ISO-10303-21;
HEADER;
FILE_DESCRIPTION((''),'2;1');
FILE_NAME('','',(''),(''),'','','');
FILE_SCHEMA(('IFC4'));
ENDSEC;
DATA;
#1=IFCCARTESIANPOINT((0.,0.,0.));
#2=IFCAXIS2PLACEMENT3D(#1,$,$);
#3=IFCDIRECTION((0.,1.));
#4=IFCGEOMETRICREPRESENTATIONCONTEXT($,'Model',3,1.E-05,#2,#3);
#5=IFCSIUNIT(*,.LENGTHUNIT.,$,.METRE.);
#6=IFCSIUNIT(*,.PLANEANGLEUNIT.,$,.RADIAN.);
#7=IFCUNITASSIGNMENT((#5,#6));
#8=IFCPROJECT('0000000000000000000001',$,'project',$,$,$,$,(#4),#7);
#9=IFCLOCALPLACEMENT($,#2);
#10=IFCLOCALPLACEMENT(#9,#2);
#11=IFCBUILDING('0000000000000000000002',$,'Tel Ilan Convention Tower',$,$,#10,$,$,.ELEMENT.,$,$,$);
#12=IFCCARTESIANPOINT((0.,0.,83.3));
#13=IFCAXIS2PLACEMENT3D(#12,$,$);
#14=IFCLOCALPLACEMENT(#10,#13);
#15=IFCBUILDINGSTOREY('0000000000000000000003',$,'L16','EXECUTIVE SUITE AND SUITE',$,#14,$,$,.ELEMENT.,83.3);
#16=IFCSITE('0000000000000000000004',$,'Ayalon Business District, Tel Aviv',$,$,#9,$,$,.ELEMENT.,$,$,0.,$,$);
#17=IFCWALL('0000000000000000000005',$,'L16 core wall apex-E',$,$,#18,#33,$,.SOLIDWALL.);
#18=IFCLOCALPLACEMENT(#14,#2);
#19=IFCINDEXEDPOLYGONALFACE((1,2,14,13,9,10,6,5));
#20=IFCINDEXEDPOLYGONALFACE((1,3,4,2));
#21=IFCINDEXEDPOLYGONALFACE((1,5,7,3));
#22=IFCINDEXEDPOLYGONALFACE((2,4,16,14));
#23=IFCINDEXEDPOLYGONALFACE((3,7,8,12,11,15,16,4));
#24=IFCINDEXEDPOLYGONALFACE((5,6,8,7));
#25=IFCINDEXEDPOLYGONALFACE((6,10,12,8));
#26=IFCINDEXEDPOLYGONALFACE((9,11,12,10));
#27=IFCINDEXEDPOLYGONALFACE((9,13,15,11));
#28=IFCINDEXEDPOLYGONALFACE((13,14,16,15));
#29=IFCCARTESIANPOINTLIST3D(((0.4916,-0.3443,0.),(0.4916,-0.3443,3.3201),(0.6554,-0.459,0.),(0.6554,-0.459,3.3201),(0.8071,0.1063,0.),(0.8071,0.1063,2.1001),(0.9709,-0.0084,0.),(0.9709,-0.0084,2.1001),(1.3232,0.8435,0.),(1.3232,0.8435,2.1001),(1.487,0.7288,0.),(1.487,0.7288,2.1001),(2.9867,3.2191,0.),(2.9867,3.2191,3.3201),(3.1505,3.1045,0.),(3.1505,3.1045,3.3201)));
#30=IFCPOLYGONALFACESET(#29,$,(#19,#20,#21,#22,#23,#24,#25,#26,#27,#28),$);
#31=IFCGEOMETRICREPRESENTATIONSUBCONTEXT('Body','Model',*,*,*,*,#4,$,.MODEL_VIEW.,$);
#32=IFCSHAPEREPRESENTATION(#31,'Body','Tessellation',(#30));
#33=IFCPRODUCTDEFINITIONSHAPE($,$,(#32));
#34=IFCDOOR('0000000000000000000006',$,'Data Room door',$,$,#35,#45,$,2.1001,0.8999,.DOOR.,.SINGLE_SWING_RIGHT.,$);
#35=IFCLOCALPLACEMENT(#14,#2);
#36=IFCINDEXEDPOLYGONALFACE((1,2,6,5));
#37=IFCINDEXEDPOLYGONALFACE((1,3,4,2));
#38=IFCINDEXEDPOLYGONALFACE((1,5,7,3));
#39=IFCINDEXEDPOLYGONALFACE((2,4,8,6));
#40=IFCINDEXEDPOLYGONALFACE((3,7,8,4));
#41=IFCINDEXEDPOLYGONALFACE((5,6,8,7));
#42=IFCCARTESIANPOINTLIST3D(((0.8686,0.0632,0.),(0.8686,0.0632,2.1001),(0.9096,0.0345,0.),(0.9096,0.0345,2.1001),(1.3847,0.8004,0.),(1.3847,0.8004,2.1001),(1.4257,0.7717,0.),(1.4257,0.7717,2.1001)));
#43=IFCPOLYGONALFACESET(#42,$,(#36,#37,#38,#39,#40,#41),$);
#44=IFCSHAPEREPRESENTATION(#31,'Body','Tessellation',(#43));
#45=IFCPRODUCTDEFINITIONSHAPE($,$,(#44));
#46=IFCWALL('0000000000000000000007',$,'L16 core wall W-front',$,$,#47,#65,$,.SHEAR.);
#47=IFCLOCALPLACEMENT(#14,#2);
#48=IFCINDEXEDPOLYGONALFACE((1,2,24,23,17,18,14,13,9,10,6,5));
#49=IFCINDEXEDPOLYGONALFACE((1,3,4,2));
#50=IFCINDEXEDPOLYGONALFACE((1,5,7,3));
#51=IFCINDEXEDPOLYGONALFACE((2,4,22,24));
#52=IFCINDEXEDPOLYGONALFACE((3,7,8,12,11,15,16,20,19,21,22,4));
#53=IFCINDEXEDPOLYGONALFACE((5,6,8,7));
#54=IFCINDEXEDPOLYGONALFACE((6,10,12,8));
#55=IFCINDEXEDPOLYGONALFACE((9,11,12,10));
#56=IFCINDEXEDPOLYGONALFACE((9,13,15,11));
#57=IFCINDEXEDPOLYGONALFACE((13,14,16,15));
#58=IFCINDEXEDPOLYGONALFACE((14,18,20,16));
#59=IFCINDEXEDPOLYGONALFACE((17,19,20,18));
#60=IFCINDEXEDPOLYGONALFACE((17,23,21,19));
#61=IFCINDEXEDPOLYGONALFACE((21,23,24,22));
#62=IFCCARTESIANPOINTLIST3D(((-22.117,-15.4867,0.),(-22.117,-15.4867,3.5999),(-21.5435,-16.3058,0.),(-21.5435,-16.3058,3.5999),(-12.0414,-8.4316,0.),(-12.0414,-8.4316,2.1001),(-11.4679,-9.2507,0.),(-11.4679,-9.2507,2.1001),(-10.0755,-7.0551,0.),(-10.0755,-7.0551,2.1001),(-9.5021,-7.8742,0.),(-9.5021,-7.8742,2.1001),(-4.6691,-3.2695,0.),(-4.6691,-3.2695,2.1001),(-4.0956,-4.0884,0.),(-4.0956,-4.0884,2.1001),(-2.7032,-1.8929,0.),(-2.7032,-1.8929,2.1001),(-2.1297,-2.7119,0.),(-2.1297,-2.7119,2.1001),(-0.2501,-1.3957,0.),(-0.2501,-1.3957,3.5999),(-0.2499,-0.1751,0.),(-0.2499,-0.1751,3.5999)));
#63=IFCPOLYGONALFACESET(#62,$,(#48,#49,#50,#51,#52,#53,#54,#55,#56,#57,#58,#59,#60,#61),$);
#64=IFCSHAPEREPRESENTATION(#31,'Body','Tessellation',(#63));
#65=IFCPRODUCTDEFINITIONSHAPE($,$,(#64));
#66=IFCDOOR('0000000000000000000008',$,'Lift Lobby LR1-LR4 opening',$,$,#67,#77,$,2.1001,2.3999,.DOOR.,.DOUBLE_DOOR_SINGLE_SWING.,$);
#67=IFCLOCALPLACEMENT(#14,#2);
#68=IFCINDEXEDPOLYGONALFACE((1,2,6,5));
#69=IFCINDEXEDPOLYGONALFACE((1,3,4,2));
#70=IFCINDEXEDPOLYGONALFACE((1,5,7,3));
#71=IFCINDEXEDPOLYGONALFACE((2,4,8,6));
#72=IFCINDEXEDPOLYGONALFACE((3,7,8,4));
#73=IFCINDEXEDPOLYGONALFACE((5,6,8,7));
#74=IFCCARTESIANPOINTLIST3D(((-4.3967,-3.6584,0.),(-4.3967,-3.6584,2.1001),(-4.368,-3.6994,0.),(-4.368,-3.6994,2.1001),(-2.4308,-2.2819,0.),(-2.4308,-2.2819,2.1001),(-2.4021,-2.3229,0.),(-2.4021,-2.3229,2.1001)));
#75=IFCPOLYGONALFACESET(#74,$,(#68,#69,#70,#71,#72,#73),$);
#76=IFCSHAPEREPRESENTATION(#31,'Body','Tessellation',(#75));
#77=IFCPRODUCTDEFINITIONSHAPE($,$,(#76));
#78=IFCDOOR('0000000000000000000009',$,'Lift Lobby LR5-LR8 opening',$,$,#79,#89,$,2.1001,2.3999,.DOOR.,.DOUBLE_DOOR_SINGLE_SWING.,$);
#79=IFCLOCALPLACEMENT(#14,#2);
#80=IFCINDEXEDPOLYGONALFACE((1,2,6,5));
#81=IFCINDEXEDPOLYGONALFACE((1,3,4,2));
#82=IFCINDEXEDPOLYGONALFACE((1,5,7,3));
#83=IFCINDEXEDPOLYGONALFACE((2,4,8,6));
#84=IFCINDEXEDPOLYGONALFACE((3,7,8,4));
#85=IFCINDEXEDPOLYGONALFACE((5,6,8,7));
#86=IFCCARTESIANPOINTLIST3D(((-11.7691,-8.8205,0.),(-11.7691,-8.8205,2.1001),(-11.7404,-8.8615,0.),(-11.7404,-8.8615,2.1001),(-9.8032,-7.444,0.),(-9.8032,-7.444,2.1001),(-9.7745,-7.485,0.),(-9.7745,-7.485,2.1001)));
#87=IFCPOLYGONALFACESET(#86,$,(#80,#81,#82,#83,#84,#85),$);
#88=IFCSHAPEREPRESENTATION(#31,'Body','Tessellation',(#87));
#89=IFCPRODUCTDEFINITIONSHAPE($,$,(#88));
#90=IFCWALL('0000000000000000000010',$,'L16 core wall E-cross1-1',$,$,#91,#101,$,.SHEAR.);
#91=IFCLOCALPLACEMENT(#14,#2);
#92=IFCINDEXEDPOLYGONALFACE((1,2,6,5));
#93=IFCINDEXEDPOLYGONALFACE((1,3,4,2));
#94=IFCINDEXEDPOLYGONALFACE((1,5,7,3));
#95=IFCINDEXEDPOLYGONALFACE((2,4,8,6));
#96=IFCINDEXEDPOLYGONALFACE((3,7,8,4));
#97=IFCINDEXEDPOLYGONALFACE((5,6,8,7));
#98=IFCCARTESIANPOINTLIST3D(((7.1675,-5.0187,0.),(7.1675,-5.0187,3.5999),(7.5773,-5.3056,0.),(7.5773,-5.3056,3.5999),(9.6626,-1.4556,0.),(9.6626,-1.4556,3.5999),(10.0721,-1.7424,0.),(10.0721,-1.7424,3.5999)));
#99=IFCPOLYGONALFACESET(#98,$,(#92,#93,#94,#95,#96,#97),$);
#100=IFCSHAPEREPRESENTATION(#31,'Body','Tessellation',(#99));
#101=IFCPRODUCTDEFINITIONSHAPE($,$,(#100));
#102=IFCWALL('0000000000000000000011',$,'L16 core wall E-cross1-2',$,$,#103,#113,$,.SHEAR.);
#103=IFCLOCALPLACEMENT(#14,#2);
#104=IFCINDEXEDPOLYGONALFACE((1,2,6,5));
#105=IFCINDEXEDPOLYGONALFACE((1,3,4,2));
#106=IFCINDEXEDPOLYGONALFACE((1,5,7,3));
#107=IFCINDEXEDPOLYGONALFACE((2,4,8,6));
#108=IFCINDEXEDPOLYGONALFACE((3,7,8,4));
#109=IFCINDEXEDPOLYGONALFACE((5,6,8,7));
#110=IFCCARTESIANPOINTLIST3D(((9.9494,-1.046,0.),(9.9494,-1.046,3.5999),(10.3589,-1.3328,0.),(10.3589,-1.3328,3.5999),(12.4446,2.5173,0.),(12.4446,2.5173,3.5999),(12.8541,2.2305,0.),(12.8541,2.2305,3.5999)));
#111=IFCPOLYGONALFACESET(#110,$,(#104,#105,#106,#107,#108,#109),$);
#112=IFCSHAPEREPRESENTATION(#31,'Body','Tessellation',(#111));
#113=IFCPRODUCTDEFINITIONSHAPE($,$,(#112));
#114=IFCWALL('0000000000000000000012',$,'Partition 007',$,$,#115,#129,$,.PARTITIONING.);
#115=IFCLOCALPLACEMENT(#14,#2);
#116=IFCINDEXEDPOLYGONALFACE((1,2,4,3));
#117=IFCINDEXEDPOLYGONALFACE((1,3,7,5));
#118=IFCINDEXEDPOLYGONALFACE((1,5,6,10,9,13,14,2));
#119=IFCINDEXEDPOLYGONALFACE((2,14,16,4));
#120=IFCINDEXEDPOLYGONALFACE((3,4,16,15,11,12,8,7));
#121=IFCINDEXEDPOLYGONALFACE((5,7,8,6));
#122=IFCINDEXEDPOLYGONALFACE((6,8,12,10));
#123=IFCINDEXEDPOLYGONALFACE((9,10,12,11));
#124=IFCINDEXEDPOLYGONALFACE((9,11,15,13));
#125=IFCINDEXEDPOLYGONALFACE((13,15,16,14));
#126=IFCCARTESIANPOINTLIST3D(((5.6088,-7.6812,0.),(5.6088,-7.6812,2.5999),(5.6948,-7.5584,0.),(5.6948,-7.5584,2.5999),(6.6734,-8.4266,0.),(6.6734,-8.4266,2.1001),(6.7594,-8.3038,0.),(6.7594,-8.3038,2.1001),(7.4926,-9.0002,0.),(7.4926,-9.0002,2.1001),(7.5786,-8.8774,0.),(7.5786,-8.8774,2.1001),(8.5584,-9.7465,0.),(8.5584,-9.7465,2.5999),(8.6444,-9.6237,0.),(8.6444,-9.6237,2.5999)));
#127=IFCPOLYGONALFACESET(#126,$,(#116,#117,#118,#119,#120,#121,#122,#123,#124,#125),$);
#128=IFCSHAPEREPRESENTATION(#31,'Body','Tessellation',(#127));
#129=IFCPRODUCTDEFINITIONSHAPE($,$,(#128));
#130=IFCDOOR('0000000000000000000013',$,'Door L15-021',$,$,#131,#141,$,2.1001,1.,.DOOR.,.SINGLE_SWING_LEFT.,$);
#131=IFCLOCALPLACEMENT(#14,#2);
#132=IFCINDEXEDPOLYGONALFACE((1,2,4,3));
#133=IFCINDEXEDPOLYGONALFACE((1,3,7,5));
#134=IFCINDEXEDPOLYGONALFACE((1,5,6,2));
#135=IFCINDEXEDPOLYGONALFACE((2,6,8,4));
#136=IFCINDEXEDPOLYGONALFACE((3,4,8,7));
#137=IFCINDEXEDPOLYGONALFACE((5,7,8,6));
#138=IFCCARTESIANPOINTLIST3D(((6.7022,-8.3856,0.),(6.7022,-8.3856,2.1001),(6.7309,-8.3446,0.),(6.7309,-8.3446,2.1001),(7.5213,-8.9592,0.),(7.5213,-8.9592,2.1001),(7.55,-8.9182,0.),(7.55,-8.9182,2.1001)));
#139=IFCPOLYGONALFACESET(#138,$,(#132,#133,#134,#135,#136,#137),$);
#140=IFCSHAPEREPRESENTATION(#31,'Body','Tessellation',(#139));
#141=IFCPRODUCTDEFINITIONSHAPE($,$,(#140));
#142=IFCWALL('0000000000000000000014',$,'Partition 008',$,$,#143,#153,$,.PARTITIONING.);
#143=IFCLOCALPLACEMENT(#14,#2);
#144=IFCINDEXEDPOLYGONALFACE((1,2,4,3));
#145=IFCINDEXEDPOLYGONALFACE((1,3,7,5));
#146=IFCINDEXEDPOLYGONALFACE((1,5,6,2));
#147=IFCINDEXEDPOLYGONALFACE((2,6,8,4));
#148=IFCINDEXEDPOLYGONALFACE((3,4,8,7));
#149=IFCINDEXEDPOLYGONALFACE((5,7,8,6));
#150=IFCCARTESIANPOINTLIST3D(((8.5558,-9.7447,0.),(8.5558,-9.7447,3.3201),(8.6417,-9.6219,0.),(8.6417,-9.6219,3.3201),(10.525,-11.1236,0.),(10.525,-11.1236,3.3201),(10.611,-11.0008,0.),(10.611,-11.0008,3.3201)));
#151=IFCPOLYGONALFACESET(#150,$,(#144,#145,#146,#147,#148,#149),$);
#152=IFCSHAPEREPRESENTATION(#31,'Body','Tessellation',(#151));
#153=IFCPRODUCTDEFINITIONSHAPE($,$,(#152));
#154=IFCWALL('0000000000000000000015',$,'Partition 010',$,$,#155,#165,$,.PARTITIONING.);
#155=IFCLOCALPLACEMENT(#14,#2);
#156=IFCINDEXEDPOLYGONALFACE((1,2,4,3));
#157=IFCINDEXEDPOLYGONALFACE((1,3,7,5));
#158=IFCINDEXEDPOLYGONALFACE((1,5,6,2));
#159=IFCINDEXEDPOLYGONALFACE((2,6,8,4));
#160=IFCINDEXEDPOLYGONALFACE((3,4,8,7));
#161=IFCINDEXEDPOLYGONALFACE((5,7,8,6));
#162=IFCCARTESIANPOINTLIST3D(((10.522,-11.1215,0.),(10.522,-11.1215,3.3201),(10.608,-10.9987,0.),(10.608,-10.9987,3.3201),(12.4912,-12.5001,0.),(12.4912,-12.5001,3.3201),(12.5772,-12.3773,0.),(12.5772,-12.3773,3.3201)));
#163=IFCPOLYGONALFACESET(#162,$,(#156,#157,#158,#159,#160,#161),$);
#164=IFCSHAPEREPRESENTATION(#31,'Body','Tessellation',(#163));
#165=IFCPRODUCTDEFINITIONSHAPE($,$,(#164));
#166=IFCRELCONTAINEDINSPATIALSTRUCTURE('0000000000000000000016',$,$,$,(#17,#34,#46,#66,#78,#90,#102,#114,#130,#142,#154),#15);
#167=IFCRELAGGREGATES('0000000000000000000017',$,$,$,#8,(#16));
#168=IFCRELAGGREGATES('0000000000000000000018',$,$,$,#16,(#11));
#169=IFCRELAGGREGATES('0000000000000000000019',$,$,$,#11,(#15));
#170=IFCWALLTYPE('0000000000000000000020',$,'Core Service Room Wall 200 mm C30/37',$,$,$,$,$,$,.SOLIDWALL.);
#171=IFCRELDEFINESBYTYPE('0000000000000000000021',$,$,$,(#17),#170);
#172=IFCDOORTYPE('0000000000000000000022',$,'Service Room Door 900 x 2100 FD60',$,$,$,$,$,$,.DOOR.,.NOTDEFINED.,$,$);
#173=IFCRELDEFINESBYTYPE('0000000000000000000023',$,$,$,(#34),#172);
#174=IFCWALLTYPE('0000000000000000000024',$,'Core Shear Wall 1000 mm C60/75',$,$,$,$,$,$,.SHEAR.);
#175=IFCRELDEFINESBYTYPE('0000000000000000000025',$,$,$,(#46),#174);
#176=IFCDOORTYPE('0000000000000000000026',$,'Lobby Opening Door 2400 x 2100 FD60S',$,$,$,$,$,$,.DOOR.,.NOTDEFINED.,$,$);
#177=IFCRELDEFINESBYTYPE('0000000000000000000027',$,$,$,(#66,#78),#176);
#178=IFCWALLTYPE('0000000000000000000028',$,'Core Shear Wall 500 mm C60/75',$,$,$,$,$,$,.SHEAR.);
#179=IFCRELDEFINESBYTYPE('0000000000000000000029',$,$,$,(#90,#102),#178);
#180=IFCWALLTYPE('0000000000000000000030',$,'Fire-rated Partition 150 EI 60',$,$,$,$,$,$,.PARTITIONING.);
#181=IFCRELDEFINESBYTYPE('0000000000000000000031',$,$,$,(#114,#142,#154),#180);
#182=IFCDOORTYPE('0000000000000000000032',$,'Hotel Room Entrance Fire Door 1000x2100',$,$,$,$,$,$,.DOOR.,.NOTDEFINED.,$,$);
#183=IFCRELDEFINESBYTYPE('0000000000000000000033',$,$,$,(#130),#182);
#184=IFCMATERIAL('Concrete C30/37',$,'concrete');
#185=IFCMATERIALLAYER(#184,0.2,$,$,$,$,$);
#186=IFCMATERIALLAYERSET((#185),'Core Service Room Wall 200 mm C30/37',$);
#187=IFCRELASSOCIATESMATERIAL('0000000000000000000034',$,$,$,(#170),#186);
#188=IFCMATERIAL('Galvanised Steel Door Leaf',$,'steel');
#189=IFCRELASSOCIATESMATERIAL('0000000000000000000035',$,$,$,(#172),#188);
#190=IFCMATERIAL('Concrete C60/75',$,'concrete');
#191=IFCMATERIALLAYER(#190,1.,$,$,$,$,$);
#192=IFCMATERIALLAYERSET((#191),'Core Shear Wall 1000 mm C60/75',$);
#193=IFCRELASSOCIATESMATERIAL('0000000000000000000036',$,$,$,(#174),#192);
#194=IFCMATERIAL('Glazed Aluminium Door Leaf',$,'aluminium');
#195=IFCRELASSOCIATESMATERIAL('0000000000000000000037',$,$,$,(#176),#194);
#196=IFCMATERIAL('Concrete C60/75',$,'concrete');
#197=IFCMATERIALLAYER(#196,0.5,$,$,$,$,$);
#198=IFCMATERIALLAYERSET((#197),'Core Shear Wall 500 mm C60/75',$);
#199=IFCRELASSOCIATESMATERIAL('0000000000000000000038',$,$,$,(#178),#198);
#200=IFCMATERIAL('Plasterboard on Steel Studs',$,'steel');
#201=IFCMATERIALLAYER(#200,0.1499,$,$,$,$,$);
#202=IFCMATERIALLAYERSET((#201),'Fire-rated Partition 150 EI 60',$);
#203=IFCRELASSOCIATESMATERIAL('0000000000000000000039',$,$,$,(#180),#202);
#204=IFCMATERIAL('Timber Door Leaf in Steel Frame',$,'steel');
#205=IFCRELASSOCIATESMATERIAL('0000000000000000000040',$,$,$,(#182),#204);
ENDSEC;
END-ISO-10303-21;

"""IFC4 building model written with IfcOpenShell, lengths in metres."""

from ifc_helpers import new_model, si_unit, direction, frame, frame_2d, origin, place, context, subcontext, project, spatial, polyline, rectangle, outline, extrude, material, layer, layer_set, type_object, element, fill, save


model = new_model("IFC4")

# Units and contexts
model_context = context("Model", 3, precision=1e-05, world=origin(), true_north=direction((0.0, 1.0)))
body_context = subcontext(model_context, "Body", "Model", "MODEL_VIEW")
ifc_project = project(units=[si_unit("LENGTHUNIT", "METRE"), si_unit("PLANEANGLEUNIT", "RADIAN")], contexts=[model_context])

# Site, building, storey
site_placement = place(None, origin())
site = spatial("IfcSite", under=ifc_project, at=site_placement, Name="Ayalon Business District, Tel Aviv", CompositionType="ELEMENT", RefElevation=0.0)
building_placement = place(site_placement, origin())
building = spatial("IfcBuilding", under=site, at=building_placement, Name="Tel Ilan Convention Tower", CompositionType="ELEMENT")
storey_placement = place(building_placement, frame((0.0, 0.0, 83.3)))
storey = spatial("IfcBuildingStorey", under=building, at=storey_placement, Name="L16", Description="EXECUTIVE SUITE AND SUITE", CompositionType="ELEMENT", Elevation=83.3)

# Wall, opening, door
ifc_material_1 = material(Name="Concrete C30/37", Category="concrete")
ifc_layer_1 = layer(ifc_material_1, 0.2)
ifc_layer_set_1 = layer_set([ifc_layer_1], Name="Core Service Room Wall 200 mm C30/37")
wall_type_1 = type_object("IfcWallType", Name="Core Service Room Wall 200 mm C30/37", PredefinedType="SOLIDWALL", material=ifc_layer_set_1)
wall_1_placement = place(storey_placement, frame((0.5735, -0.4016, 0.0), z_axis=(0.0, 0.0, 1.0), x_axis=(0.573568, 0.819158, 0.0)))
wall_1 = element("IfcWall", 1, at=wall_1_placement, inside=storey, type_object=wall_type_1, Name="L16 core wall apex-E", PredefinedType="SOLIDWALL", context=body_context, shape_type="SweptSolid", body=[
    extrude(rectangle(XDim=4.3501, YDim=0.2, at=frame_2d((2.175, 0.0))), origin(), (0.0, 0.0, 1.0), 3.3201),
])
opening_1_placement = place(wall_1_placement, frame((0.55, 0.0, 0.0)))
opening_1 = element("IfcOpeningElement", 2, at=opening_1_placement, cuts=wall_1, PredefinedType="OPENING", context=body_context, shape_type="SweptSolid", body=[
    extrude(rectangle(XDim=0.8999, YDim=2.1001, at=frame_2d((0.45, 1.05))), frame((0.0, 0.1099, 0.0), z_axis=(0.0, -1.0, 0.0), x_axis=(1.0, 0.0, 0.0)), (0.0, 0.0, 1.0), 0.22),
])
ifc_material_2 = material(Name="Galvanised Steel Door Leaf", Category="steel")
door_type_1 = type_object("IfcDoorType", Name="Service Room Door 900 x 2100 FD60", OperationType="NOTDEFINED", PredefinedType="DOOR", material=ifc_material_2)
door_1_placement = place(opening_1_placement, origin())
door_1 = element("IfcDoor", 3, at=door_1_placement, inside=storey, type_object=door_type_1, Name="Data Room door", OperationType="SINGLE_SWING_RIGHT", OverallHeight=2.1001, OverallWidth=0.8999, PredefinedType="DOOR", context=body_context, shape_type="SweptSolid", body=[
    extrude(rectangle(XDim=0.8999, YDim=2.1001, at=frame_2d((0.45, 1.05))), frame((0.0, 0.0249, 0.0), z_axis=(0.0, -1.0, 0.0), x_axis=(1.0, 0.0, 0.0)), (0.0, 0.0, 1.0), 0.05),
])
fill(opening_1, door_1)

# Wall, openings, doors
ifc_material_3 = material(Name="Concrete C60/75", Category="concrete")
ifc_layer_2 = layer(ifc_material_3, 1.0)
ifc_layer_set_2 = layer_set([ifc_layer_2], Name="Core Shear Wall 1000 mm C60/75")
wall_type_2 = type_object("IfcWallType", Name="Core Shear Wall 1000 mm C60/75", PredefinedType="SHEAR", material=ifc_layer_set_2)
wall_2_placement = place(storey_placement, frame((0.0369, -0.5847, 0.0), z_axis=(0.0, 0.0, 1.0), x_axis=(-0.819157, -0.573569, 0.0)))
wall_2 = element("IfcWall", 4, at=wall_2_placement, inside=storey, type_object=wall_type_2, Name="L16 core wall W-front", PredefinedType="SHEAR", context=body_context, shape_type="SweptSolid", body=[
    extrude(outline(polyline([(26.6948, 0.5002), (0.7002, 0.4998), (0.0, -0.5), (26.6948, -0.4998), (26.6948, 0.5002)])), origin(), (0.0, 0.0, 1.0), 3.5999),
])
opening_2_placement = place(wall_2_placement, frame((2.9949, 0.0, 0.0)))
opening_2 = element("IfcOpeningElement", 5, at=opening_2_placement, cuts=wall_2, PredefinedType="OPENING", context=body_context, shape_type="SweptSolid", body=[
    extrude(rectangle(XDim=2.3999, YDim=2.1001, at=frame_2d((1.2, 1.05))), frame((0.0, 0.51, 0.0), z_axis=(0.0, -1.0, 0.0), x_axis=(1.0, 0.0, 0.0)), (0.0, 0.0, 1.0), 1.02),
])
opening_3_placement = place(wall_2_placement, frame((11.9949, 0.0, 0.0)))
opening_3 = element("IfcOpeningElement", 6, at=opening_3_placement, cuts=wall_2, PredefinedType="OPENING", context=body_context, shape_type="SweptSolid", body=[
    extrude(rectangle(XDim=2.3999, YDim=2.1001, at=frame_2d((1.2, 1.05))), frame((0.0, 0.51, 0.0), z_axis=(0.0, -1.0, 0.0), x_axis=(1.0, 0.0, 0.0)), (0.0, 0.0, 1.0), 1.02),
])
ifc_material_4 = material(Name="Glazed Aluminium Door Leaf", Category="aluminium")
door_type_2 = type_object("IfcDoorType", Name="Lobby Opening Door 2400 x 2100 FD60S", OperationType="NOTDEFINED", PredefinedType="DOOR", material=ifc_material_4)
door_2_placement = place(opening_2_placement, origin())
door_2 = element("IfcDoor", 7, at=door_2_placement, inside=storey, type_object=door_type_2, Name="Lift Lobby LR1-LR4 opening", OperationType="DOUBLE_DOOR_SINGLE_SWING", OverallHeight=2.1001, OverallWidth=2.3999, PredefinedType="DOOR", context=body_context, shape_type="SweptSolid", body=[
    extrude(rectangle(XDim=2.3999, YDim=2.1001, at=frame_2d((1.2, 1.05))), frame((0.0, 0.0249, 0.0), z_axis=(0.0, -1.0, 0.0), x_axis=(1.0, 0.0, 0.0)), (0.0, 0.0, 1.0), 0.05),
])
fill(opening_2, door_2)
door_3_placement = place(opening_3_placement, origin())
door_3 = element("IfcDoor", 8, at=door_3_placement, inside=storey, type_object=door_type_2, Name="Lift Lobby LR5-LR8 opening", OperationType="DOUBLE_DOOR_SINGLE_SWING", OverallHeight=2.1001, OverallWidth=2.3999, PredefinedType="DOOR", context=body_context, shape_type="SweptSolid", body=[
    extrude(rectangle(XDim=2.3999, YDim=2.1001, at=frame_2d((1.2, 1.05))), frame((0.0, 0.0249, 0.0), z_axis=(0.0, -1.0, 0.0), x_axis=(1.0, 0.0, 0.0)), (0.0, 0.0, 1.0), 0.05),
])
fill(opening_3, door_3)

# Walls
ifc_material_5 = material(Name="Concrete C60/75", Category="concrete")
ifc_layer_3 = layer(ifc_material_5, 0.5)
ifc_layer_set_3 = layer_set([ifc_layer_3], Name="Core Shear Wall 500 mm C60/75")
wall_type_3 = type_object("IfcWallType", Name="Core Shear Wall 500 mm C60/75", PredefinedType="SHEAR", material=ifc_layer_set_3)
wall_3_placement = place(storey_placement, frame((7.3723, -5.1621, 0.0), z_axis=(0.0, 0.0, 1.0), x_axis=(0.573594, 0.81914, 0.0)))
element("IfcWall", 9, at=wall_3_placement, inside=storey, type_object=wall_type_3, Name="L16 core wall E-cross1-1", PredefinedType="SHEAR", context=body_context, shape_type="SweptSolid", body=[
    extrude(outline(polyline([(0.0, 0.25), (0.0, -0.2502), (4.3499, -0.25), (4.3499, 0.25), (0.0, 0.25)])), origin(), (0.0, 0.0, 1.0), 3.5999),
])
wall_4_placement = place(storey_placement, frame((10.1543, -1.1892, 0.0), z_axis=(0.0, 0.0, 1.0), x_axis=(0.573594, 0.81914, 0.0)))
element("IfcWall", 10, at=wall_4_placement, inside=storey, type_object=wall_type_3, Name="L16 core wall E-cross1-2", PredefinedType="SHEAR", context=body_context, shape_type="SweptSolid", body=[
    extrude(outline(polyline([(4.3499, -0.25), (4.3499, 0.25), (-0.0002, 0.25), (-0.0002, -0.25), (4.3499, -0.25)])), origin(), (0.0, 0.0, 1.0), 3.5999),
])

# Wall, opening, door
ifc_material_6 = material(Name="Plasterboard on Steel Studs", Category="steel")
ifc_layer_4 = layer(ifc_material_6, 0.1499)
ifc_layer_set_4 = layer_set([ifc_layer_4], Name="Fire-rated Partition 150 EI 60")
wall_type_4 = type_object("IfcWallType", Name="Fire-rated Partition 150 EI 60", PredefinedType="PARTITIONING", material=ifc_layer_set_4)
wall_5_placement = place(storey_placement, frame((8.6013, -9.6851, 0.0), z_axis=(0.0, 0.0, 1.0), x_axis=(-0.819149, 0.573581, 0.0)))
wall_5 = element("IfcWall", 11, at=wall_5_placement, inside=storey, type_object=wall_type_4, Name="Partition 007", PredefinedType="PARTITIONING", context=body_context, shape_type="SweptSolid", body=[
    extrude(rectangle(XDim=3.6008, YDim=0.1499, at=frame_2d((1.8003, 0.0))), origin(), (0.0, 0.0, 1.0), 2.5999),
])
opening_4_placement = place(wall_5_placement, frame((1.301, 0.0, 0.0)))
opening_4 = element("IfcOpeningElement", 12, at=opening_4_placement, cuts=wall_5, PredefinedType="OPENING", context=body_context, shape_type="SweptSolid", body=[
    extrude(rectangle(XDim=1.0, YDim=2.1001, at=frame_2d((0.5, 1.05))), frame((0.0, 0.085, 0.0), z_axis=(0.0, -1.0, 0.0), x_axis=(1.0, 0.0, 0.0)), (0.0, 0.0, 1.0), 0.1699),
])
ifc_material_7 = material(Name="Timber Door Leaf in Steel Frame", Category="steel")
door_type_3 = type_object("IfcDoorType", Name="Hotel Room Entrance Fire Door 1000x2100", OperationType="NOTDEFINED", PredefinedType="DOOR", material=ifc_material_7)
door_4_placement = place(opening_4_placement, origin())
door_4 = element("IfcDoor", 13, at=door_4_placement, inside=storey, type_object=door_type_3, Name="Door L15-021", OperationType="SINGLE_SWING_LEFT", OverallHeight=2.1001, OverallWidth=1.0, PredefinedType="DOOR", context=body_context, shape_type="SweptSolid", body=[
    extrude(rectangle(XDim=1.0, YDim=2.1001, at=frame_2d((0.5, 1.05))), frame((0.0, 0.0249, 0.0), z_axis=(0.0, -1.0, 0.0), x_axis=(1.0, 0.0, 0.0)), (0.0, 0.0, 1.0), 0.05),
])
fill(opening_4, door_4)

# Walls
wall_6_placement = place(storey_placement, frame((10.5681, -11.0623, 0.0), z_axis=(0.0, 0.0, 1.0), x_axis=(-0.819146, 0.573585, 0.0)))
element("IfcWall", 14, at=wall_6_placement, inside=storey, type_object=wall_type_4, Name="Partition 008", PredefinedType="PARTITIONING", context=body_context, shape_type="SweptSolid", body=[
    extrude(rectangle(XDim=2.4041, YDim=0.1499, at=frame_2d((1.2021, 0.0))), origin(), (0.0, 0.0, 1.0), 3.3201),
])
wall_7_placement = place(storey_placement, frame((12.5342, -12.4387, 0.0), z_axis=(0.0, 0.0, 1.0), x_axis=(-0.819194, 0.573517, 0.0)))
element("IfcWall", 15, at=wall_7_placement, inside=storey, type_object=wall_type_4, Name="Partition 010", PredefinedType="PARTITIONING", context=body_context, shape_type="SweptSolid", body=[
    extrude(rectangle(XDim=2.4038, YDim=0.1499, at=frame_2d((1.2019, 0.0))), origin(), (0.0, 0.0, 1.0), 3.3201),
])

save(model, "model.ifc")
